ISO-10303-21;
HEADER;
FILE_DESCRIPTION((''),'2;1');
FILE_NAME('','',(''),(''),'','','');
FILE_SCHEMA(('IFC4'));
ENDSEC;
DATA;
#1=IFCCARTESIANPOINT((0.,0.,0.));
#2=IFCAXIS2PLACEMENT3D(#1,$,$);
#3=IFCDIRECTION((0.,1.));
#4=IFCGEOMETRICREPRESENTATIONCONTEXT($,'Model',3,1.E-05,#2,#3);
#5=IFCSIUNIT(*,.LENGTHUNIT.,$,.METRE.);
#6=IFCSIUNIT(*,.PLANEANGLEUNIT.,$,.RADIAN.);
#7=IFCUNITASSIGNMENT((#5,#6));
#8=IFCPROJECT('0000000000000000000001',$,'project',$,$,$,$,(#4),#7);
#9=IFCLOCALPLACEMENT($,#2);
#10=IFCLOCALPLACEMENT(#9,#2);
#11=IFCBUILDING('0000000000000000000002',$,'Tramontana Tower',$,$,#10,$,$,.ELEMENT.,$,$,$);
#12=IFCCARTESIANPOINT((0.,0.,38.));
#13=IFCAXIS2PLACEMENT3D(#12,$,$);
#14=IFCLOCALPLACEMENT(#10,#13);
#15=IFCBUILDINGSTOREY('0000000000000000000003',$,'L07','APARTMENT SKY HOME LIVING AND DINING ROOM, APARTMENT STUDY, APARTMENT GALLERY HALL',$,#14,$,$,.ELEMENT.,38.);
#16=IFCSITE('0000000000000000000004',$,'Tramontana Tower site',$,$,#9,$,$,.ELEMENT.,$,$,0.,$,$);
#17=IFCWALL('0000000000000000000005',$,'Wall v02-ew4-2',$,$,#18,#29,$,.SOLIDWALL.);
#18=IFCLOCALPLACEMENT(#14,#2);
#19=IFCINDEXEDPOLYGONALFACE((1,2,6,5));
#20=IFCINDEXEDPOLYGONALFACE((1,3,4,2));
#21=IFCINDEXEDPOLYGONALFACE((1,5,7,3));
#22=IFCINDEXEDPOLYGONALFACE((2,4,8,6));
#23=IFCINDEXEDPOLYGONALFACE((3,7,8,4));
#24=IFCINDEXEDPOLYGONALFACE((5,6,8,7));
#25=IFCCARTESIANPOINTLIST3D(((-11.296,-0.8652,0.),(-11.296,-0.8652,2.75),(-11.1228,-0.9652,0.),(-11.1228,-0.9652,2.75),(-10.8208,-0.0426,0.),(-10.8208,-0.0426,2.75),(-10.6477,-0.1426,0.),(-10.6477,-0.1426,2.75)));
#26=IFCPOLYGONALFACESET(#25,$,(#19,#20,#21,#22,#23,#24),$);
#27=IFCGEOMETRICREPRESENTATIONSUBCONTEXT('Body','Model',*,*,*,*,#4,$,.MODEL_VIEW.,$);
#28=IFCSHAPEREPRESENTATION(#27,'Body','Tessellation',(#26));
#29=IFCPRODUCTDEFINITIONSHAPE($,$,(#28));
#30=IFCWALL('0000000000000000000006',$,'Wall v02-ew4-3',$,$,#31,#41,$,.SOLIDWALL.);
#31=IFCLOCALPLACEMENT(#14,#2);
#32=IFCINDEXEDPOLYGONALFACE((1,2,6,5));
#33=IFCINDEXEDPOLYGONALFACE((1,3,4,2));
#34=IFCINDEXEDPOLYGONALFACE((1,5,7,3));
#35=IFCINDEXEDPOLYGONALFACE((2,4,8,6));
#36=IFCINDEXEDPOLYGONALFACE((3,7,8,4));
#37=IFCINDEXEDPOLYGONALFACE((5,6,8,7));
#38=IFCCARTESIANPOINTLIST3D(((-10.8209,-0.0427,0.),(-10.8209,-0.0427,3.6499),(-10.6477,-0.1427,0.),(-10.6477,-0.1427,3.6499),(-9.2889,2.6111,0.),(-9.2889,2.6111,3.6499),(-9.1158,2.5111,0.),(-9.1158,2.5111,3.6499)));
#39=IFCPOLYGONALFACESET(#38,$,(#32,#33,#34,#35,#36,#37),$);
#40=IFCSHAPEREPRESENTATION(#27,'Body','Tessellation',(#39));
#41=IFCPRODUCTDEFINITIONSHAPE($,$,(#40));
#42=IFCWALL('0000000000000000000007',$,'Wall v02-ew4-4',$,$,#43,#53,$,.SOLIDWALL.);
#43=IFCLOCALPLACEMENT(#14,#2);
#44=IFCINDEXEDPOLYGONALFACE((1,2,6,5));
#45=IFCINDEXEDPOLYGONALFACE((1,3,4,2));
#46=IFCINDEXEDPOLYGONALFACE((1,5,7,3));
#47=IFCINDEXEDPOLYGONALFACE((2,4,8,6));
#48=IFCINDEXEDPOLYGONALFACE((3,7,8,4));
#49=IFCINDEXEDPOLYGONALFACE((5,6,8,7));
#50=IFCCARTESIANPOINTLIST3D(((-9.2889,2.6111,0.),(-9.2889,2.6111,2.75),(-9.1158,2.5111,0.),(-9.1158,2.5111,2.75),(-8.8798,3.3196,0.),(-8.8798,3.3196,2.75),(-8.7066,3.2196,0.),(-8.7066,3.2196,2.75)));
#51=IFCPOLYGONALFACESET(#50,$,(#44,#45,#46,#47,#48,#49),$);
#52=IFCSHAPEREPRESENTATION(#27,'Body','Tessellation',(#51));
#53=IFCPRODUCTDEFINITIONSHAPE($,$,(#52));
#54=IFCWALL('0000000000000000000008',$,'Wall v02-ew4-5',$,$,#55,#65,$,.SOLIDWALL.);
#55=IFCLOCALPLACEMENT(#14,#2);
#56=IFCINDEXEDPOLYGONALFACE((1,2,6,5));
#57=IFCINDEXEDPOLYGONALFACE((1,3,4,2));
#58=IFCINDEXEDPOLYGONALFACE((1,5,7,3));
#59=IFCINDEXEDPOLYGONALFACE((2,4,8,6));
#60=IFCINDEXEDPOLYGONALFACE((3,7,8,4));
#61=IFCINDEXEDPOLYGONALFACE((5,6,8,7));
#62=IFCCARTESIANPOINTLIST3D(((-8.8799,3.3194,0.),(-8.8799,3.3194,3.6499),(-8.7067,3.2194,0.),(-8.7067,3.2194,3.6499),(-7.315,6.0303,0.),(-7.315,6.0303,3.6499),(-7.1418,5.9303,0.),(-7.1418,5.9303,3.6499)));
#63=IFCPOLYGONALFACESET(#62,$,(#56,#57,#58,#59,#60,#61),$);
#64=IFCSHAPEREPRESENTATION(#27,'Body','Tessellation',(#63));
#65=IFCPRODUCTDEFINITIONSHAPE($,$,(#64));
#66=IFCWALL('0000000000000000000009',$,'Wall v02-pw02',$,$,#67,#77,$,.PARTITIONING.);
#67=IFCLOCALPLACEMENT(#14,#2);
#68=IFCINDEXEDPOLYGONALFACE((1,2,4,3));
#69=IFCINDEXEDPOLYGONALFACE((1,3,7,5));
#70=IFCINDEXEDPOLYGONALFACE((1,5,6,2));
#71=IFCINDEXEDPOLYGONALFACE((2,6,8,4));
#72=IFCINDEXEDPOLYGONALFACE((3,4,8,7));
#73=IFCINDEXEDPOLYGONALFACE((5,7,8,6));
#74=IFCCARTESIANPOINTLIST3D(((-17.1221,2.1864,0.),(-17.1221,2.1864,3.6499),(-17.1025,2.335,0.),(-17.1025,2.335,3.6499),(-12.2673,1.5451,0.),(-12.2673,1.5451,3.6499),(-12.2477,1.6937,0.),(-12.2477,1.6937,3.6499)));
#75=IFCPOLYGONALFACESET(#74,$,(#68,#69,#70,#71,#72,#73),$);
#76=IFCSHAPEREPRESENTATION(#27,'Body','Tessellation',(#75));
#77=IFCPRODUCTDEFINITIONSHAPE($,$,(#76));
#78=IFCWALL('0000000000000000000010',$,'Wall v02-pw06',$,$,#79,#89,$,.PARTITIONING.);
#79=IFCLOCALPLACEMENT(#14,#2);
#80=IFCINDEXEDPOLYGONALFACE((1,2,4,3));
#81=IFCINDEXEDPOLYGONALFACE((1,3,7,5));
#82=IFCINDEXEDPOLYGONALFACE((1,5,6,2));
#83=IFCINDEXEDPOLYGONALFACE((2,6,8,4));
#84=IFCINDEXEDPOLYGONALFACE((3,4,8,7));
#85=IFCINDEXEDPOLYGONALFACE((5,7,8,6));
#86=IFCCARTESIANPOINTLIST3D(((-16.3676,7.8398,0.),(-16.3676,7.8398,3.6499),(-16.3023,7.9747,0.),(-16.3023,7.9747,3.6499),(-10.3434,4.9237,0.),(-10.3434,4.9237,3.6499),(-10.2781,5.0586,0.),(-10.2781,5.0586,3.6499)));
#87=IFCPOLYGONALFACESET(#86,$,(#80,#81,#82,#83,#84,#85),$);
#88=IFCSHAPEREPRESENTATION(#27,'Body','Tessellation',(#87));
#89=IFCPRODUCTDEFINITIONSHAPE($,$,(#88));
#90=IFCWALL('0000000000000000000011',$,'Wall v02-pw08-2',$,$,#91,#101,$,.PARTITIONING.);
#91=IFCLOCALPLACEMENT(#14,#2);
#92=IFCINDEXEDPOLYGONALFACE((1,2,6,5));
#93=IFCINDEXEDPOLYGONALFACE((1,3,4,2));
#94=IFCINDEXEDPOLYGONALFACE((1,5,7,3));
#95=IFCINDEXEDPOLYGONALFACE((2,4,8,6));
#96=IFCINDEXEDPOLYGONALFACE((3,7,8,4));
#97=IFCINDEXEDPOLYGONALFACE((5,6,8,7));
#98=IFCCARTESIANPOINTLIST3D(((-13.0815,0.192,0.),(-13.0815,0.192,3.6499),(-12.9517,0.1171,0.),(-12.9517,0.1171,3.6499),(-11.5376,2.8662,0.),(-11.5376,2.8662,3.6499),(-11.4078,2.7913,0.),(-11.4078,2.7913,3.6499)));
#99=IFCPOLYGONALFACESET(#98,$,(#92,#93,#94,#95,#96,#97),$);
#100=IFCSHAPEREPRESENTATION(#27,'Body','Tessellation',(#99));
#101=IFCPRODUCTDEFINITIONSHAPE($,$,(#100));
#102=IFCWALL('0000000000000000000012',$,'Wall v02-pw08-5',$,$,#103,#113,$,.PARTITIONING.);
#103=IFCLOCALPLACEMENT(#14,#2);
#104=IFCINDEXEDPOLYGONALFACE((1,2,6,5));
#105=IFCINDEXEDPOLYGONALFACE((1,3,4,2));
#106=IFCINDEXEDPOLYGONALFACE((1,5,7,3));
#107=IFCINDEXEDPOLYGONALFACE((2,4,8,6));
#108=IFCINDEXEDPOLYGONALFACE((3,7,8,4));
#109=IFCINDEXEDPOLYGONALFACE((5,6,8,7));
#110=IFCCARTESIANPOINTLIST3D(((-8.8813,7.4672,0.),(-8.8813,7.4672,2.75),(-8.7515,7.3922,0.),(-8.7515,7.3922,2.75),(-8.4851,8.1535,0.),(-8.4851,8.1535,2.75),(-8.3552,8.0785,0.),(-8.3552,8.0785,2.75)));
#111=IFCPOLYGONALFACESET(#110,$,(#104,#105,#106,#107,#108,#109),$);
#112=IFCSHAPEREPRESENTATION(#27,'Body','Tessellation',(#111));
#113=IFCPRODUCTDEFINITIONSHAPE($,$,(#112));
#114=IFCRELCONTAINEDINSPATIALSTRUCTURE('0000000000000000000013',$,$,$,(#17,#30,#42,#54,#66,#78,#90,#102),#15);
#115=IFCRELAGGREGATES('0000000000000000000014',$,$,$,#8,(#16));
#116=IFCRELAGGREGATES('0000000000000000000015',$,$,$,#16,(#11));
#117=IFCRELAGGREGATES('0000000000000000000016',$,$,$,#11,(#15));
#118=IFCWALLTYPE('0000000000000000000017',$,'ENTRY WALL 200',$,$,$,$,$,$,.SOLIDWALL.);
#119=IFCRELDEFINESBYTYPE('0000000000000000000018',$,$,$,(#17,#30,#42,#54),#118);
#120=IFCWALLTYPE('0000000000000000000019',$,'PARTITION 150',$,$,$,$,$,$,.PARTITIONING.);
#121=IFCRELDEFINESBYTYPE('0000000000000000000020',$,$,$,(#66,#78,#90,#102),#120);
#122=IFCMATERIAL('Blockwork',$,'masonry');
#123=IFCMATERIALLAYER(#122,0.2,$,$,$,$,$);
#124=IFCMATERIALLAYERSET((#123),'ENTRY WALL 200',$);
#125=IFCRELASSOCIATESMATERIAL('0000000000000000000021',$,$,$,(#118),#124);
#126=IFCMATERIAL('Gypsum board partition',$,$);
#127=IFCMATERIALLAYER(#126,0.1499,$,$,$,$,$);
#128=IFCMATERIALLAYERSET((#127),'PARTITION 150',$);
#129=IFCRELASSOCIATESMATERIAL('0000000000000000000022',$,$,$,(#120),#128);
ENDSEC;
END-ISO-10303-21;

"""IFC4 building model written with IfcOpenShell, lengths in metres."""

from ifc_helpers import new_model, si_unit, direction, frame, frame_2d, origin, place, context, subcontext, project, spatial, rectangle, extrude, material, layer, layer_set, type_object, element, save


model = new_model("IFC4")

# Units and contexts
model_context = context("Model", 3, precision=1e-05, world=origin(), true_north=direction((0.0, 1.0)))
body_context = subcontext(model_context, "Body", "Model", "MODEL_VIEW")
ifc_project = project(units=[si_unit("LENGTHUNIT", "METRE"), si_unit("PLANEANGLEUNIT", "RADIAN")], contexts=[model_context])

# Site, building, storey
site_placement = place(None, origin())
site = spatial("IfcSite", under=ifc_project, at=site_placement, Name="Tramontana Tower site", CompositionType="ELEMENT", RefElevation=0.0)
building_placement = place(site_placement, origin())
building = spatial("IfcBuilding", under=site, at=building_placement, Name="Tramontana Tower", CompositionType="ELEMENT")
storey_placement = place(building_placement, frame((0.0, 0.0, 38.0)))
storey = spatial("IfcBuildingStorey", under=building, at=storey_placement, Name="L07", Description="APARTMENT SKY HOME LIVING AND DINING ROOM, APARTMENT STUDY, APARTMENT GALLERY HALL", CompositionType="ELEMENT", Elevation=38.0)

# Walls
ifc_material_1 = material(Name="Blockwork", Category="masonry")
ifc_layer_1 = layer(ifc_material_1, 0.2)
ifc_layer_set_1 = layer_set([ifc_layer_1], Name="ENTRY WALL 200")
wall_type_1 = type_object("IfcWallType", Name="ENTRY WALL 200", PredefinedType="SOLIDWALL", material=ifc_layer_set_1)
wall_1_placement = place(storey_placement, frame((-11.2095, -0.9153, 0.0), z_axis=(0.0, 0.0, 1.0), x_axis=(0.500175, 0.865924, 0.0)))
element("IfcWall", 1, at=wall_1_placement, inside=storey, type_object=wall_type_1, Name="Wall v02-ew4-2", PredefinedType="SOLIDWALL", context=body_context, shape_type="SweptSolid", body=[
    extrude(rectangle(XDim=0.95, YDim=0.2, at=frame_2d((0.4751, 0.0))), origin(), (0.0, 0.0, 1.0), 2.75),
])
wall_2_placement = place(storey_placement, frame((-10.7344, -0.0928, 0.0), z_axis=(0.0, 0.0, 1.0), x_axis=(0.499952, 0.866053, 0.0)))
element("IfcWall", 2, at=wall_2_placement, inside=storey, type_object=wall_type_1, Name="Wall v02-ew4-3", PredefinedType="SOLIDWALL", context=body_context, shape_type="SweptSolid", body=[
    extrude(rectangle(XDim=3.0642, YDim=0.2, at=frame_2d((1.5322, 0.0))), origin(), (0.0, 0.0, 1.0), 3.6499),
])
wall_3_placement = place(storey_placement, frame((-9.2024, 2.561, 0.0), z_axis=(0.0, 0.0, 1.0), x_axis=(0.500119, 0.865957, 0.0)))
element("IfcWall", 3, at=wall_3_placement, inside=storey, type_object=wall_type_1, Name="Wall v02-ew4-4", PredefinedType="SOLIDWALL", context=body_context, shape_type="SweptSolid", body=[
    extrude(rectangle(XDim=0.8181, YDim=0.2, at=frame_2d((0.4092, 0.0))), origin(), (0.0, 0.0, 1.0), 2.75),
])
wall_4_placement = place(storey_placement, frame((-8.7932, 3.2695, 0.0), z_axis=(0.0, 0.0, 1.0), x_axis=(0.499948, 0.866056, 0.0)))
element("IfcWall", 4, at=wall_4_placement, inside=storey, type_object=wall_type_1, Name="Wall v02-ew4-5", PredefinedType="SOLIDWALL", context=body_context, shape_type="SweptSolid", body=[
    extrude(rectangle(XDim=3.1301, YDim=0.2, at=frame_2d((1.5649, 0.0))), origin(), (0.0, 0.0, 1.0), 3.6499),
])
ifc_material_2 = material(Name="Gypsum board partition")
ifc_layer_2 = layer(ifc_material_2, 0.1499)
ifc_layer_set_2 = layer_set([ifc_layer_2], Name="PARTITION 150")
wall_type_2 = type_object("IfcWallType", Name="PARTITION 150", PredefinedType="PARTITIONING", material=ifc_layer_set_2)
wall_5_placement = place(storey_placement, frame((-17.1123, 2.2607, 0.0), z_axis=(0.0, 0.0, 1.0), x_axis=(0.991386, -0.130972, 0.0)))
element("IfcWall", 5, at=wall_5_placement, inside=storey, type_object=wall_type_2, Name="Wall v02-pw02", PredefinedType="PARTITIONING", context=body_context, shape_type="SweptSolid", body=[
    extrude(rectangle(XDim=4.897, YDim=0.1499, at=frame_2d((2.4485, 0.0))), origin(), (0.0, 0.0, 1.0), 3.6499),
])
wall_6_placement = place(storey_placement, frame((-16.335, 7.9072, 0.0), z_axis=(0.0, 0.0, 1.0), x_axis=(0.900095, -0.435693, 0.0)))
element("IfcWall", 6, at=wall_6_placement, inside=storey, type_object=wall_type_2, Name="Wall v02-pw06", PredefinedType="PARTITIONING", context=body_context, shape_type="SweptSolid", body=[
    extrude(rectangle(XDim=6.6929, YDim=0.1499, at=frame_2d((3.3464, 0.0))), origin(), (0.0, 0.0, 1.0), 3.6499),
])

# Wall
wall_7_placement = place(storey_placement, frame((-13.0166, 0.1545, 0.0), z_axis=(0.0, 0.0, 1.0), x_axis=(0.499983, 0.866035, 0.0)))
element("IfcWall", 7, at=wall_7_placement, inside=storey, type_object=wall_type_2, Name="Wall v02-pw08-2", PredefinedType="PARTITIONING", context=body_context, shape_type="SweptSolid", body=[
    extrude(rectangle(XDim=3.0879, YDim=0.1499, at=frame_2d((1.5439, 0.0))), origin(), (0.0, 0.0, 1.0), 3.6499),
])

# Wall
wall_8_placement = place(storey_placement, frame((-8.8164, 7.4297, 0.0), z_axis=(0.0, 0.0, 1.0), x_axis=(0.500016, 0.866016, 0.0)))
element("IfcWall", 8, at=wall_8_placement, inside=storey, type_object=wall_type_2, Name="Wall v02-pw08-5", PredefinedType="PARTITIONING", context=body_context, shape_type="SweptSolid", body=[
    extrude(rectangle(XDim=0.7925, YDim=0.1499, at=frame_2d((0.3962, 0.0))), origin(), (0.0, 0.0, 1.0), 2.75),
])

save(model, "model.ifc")
